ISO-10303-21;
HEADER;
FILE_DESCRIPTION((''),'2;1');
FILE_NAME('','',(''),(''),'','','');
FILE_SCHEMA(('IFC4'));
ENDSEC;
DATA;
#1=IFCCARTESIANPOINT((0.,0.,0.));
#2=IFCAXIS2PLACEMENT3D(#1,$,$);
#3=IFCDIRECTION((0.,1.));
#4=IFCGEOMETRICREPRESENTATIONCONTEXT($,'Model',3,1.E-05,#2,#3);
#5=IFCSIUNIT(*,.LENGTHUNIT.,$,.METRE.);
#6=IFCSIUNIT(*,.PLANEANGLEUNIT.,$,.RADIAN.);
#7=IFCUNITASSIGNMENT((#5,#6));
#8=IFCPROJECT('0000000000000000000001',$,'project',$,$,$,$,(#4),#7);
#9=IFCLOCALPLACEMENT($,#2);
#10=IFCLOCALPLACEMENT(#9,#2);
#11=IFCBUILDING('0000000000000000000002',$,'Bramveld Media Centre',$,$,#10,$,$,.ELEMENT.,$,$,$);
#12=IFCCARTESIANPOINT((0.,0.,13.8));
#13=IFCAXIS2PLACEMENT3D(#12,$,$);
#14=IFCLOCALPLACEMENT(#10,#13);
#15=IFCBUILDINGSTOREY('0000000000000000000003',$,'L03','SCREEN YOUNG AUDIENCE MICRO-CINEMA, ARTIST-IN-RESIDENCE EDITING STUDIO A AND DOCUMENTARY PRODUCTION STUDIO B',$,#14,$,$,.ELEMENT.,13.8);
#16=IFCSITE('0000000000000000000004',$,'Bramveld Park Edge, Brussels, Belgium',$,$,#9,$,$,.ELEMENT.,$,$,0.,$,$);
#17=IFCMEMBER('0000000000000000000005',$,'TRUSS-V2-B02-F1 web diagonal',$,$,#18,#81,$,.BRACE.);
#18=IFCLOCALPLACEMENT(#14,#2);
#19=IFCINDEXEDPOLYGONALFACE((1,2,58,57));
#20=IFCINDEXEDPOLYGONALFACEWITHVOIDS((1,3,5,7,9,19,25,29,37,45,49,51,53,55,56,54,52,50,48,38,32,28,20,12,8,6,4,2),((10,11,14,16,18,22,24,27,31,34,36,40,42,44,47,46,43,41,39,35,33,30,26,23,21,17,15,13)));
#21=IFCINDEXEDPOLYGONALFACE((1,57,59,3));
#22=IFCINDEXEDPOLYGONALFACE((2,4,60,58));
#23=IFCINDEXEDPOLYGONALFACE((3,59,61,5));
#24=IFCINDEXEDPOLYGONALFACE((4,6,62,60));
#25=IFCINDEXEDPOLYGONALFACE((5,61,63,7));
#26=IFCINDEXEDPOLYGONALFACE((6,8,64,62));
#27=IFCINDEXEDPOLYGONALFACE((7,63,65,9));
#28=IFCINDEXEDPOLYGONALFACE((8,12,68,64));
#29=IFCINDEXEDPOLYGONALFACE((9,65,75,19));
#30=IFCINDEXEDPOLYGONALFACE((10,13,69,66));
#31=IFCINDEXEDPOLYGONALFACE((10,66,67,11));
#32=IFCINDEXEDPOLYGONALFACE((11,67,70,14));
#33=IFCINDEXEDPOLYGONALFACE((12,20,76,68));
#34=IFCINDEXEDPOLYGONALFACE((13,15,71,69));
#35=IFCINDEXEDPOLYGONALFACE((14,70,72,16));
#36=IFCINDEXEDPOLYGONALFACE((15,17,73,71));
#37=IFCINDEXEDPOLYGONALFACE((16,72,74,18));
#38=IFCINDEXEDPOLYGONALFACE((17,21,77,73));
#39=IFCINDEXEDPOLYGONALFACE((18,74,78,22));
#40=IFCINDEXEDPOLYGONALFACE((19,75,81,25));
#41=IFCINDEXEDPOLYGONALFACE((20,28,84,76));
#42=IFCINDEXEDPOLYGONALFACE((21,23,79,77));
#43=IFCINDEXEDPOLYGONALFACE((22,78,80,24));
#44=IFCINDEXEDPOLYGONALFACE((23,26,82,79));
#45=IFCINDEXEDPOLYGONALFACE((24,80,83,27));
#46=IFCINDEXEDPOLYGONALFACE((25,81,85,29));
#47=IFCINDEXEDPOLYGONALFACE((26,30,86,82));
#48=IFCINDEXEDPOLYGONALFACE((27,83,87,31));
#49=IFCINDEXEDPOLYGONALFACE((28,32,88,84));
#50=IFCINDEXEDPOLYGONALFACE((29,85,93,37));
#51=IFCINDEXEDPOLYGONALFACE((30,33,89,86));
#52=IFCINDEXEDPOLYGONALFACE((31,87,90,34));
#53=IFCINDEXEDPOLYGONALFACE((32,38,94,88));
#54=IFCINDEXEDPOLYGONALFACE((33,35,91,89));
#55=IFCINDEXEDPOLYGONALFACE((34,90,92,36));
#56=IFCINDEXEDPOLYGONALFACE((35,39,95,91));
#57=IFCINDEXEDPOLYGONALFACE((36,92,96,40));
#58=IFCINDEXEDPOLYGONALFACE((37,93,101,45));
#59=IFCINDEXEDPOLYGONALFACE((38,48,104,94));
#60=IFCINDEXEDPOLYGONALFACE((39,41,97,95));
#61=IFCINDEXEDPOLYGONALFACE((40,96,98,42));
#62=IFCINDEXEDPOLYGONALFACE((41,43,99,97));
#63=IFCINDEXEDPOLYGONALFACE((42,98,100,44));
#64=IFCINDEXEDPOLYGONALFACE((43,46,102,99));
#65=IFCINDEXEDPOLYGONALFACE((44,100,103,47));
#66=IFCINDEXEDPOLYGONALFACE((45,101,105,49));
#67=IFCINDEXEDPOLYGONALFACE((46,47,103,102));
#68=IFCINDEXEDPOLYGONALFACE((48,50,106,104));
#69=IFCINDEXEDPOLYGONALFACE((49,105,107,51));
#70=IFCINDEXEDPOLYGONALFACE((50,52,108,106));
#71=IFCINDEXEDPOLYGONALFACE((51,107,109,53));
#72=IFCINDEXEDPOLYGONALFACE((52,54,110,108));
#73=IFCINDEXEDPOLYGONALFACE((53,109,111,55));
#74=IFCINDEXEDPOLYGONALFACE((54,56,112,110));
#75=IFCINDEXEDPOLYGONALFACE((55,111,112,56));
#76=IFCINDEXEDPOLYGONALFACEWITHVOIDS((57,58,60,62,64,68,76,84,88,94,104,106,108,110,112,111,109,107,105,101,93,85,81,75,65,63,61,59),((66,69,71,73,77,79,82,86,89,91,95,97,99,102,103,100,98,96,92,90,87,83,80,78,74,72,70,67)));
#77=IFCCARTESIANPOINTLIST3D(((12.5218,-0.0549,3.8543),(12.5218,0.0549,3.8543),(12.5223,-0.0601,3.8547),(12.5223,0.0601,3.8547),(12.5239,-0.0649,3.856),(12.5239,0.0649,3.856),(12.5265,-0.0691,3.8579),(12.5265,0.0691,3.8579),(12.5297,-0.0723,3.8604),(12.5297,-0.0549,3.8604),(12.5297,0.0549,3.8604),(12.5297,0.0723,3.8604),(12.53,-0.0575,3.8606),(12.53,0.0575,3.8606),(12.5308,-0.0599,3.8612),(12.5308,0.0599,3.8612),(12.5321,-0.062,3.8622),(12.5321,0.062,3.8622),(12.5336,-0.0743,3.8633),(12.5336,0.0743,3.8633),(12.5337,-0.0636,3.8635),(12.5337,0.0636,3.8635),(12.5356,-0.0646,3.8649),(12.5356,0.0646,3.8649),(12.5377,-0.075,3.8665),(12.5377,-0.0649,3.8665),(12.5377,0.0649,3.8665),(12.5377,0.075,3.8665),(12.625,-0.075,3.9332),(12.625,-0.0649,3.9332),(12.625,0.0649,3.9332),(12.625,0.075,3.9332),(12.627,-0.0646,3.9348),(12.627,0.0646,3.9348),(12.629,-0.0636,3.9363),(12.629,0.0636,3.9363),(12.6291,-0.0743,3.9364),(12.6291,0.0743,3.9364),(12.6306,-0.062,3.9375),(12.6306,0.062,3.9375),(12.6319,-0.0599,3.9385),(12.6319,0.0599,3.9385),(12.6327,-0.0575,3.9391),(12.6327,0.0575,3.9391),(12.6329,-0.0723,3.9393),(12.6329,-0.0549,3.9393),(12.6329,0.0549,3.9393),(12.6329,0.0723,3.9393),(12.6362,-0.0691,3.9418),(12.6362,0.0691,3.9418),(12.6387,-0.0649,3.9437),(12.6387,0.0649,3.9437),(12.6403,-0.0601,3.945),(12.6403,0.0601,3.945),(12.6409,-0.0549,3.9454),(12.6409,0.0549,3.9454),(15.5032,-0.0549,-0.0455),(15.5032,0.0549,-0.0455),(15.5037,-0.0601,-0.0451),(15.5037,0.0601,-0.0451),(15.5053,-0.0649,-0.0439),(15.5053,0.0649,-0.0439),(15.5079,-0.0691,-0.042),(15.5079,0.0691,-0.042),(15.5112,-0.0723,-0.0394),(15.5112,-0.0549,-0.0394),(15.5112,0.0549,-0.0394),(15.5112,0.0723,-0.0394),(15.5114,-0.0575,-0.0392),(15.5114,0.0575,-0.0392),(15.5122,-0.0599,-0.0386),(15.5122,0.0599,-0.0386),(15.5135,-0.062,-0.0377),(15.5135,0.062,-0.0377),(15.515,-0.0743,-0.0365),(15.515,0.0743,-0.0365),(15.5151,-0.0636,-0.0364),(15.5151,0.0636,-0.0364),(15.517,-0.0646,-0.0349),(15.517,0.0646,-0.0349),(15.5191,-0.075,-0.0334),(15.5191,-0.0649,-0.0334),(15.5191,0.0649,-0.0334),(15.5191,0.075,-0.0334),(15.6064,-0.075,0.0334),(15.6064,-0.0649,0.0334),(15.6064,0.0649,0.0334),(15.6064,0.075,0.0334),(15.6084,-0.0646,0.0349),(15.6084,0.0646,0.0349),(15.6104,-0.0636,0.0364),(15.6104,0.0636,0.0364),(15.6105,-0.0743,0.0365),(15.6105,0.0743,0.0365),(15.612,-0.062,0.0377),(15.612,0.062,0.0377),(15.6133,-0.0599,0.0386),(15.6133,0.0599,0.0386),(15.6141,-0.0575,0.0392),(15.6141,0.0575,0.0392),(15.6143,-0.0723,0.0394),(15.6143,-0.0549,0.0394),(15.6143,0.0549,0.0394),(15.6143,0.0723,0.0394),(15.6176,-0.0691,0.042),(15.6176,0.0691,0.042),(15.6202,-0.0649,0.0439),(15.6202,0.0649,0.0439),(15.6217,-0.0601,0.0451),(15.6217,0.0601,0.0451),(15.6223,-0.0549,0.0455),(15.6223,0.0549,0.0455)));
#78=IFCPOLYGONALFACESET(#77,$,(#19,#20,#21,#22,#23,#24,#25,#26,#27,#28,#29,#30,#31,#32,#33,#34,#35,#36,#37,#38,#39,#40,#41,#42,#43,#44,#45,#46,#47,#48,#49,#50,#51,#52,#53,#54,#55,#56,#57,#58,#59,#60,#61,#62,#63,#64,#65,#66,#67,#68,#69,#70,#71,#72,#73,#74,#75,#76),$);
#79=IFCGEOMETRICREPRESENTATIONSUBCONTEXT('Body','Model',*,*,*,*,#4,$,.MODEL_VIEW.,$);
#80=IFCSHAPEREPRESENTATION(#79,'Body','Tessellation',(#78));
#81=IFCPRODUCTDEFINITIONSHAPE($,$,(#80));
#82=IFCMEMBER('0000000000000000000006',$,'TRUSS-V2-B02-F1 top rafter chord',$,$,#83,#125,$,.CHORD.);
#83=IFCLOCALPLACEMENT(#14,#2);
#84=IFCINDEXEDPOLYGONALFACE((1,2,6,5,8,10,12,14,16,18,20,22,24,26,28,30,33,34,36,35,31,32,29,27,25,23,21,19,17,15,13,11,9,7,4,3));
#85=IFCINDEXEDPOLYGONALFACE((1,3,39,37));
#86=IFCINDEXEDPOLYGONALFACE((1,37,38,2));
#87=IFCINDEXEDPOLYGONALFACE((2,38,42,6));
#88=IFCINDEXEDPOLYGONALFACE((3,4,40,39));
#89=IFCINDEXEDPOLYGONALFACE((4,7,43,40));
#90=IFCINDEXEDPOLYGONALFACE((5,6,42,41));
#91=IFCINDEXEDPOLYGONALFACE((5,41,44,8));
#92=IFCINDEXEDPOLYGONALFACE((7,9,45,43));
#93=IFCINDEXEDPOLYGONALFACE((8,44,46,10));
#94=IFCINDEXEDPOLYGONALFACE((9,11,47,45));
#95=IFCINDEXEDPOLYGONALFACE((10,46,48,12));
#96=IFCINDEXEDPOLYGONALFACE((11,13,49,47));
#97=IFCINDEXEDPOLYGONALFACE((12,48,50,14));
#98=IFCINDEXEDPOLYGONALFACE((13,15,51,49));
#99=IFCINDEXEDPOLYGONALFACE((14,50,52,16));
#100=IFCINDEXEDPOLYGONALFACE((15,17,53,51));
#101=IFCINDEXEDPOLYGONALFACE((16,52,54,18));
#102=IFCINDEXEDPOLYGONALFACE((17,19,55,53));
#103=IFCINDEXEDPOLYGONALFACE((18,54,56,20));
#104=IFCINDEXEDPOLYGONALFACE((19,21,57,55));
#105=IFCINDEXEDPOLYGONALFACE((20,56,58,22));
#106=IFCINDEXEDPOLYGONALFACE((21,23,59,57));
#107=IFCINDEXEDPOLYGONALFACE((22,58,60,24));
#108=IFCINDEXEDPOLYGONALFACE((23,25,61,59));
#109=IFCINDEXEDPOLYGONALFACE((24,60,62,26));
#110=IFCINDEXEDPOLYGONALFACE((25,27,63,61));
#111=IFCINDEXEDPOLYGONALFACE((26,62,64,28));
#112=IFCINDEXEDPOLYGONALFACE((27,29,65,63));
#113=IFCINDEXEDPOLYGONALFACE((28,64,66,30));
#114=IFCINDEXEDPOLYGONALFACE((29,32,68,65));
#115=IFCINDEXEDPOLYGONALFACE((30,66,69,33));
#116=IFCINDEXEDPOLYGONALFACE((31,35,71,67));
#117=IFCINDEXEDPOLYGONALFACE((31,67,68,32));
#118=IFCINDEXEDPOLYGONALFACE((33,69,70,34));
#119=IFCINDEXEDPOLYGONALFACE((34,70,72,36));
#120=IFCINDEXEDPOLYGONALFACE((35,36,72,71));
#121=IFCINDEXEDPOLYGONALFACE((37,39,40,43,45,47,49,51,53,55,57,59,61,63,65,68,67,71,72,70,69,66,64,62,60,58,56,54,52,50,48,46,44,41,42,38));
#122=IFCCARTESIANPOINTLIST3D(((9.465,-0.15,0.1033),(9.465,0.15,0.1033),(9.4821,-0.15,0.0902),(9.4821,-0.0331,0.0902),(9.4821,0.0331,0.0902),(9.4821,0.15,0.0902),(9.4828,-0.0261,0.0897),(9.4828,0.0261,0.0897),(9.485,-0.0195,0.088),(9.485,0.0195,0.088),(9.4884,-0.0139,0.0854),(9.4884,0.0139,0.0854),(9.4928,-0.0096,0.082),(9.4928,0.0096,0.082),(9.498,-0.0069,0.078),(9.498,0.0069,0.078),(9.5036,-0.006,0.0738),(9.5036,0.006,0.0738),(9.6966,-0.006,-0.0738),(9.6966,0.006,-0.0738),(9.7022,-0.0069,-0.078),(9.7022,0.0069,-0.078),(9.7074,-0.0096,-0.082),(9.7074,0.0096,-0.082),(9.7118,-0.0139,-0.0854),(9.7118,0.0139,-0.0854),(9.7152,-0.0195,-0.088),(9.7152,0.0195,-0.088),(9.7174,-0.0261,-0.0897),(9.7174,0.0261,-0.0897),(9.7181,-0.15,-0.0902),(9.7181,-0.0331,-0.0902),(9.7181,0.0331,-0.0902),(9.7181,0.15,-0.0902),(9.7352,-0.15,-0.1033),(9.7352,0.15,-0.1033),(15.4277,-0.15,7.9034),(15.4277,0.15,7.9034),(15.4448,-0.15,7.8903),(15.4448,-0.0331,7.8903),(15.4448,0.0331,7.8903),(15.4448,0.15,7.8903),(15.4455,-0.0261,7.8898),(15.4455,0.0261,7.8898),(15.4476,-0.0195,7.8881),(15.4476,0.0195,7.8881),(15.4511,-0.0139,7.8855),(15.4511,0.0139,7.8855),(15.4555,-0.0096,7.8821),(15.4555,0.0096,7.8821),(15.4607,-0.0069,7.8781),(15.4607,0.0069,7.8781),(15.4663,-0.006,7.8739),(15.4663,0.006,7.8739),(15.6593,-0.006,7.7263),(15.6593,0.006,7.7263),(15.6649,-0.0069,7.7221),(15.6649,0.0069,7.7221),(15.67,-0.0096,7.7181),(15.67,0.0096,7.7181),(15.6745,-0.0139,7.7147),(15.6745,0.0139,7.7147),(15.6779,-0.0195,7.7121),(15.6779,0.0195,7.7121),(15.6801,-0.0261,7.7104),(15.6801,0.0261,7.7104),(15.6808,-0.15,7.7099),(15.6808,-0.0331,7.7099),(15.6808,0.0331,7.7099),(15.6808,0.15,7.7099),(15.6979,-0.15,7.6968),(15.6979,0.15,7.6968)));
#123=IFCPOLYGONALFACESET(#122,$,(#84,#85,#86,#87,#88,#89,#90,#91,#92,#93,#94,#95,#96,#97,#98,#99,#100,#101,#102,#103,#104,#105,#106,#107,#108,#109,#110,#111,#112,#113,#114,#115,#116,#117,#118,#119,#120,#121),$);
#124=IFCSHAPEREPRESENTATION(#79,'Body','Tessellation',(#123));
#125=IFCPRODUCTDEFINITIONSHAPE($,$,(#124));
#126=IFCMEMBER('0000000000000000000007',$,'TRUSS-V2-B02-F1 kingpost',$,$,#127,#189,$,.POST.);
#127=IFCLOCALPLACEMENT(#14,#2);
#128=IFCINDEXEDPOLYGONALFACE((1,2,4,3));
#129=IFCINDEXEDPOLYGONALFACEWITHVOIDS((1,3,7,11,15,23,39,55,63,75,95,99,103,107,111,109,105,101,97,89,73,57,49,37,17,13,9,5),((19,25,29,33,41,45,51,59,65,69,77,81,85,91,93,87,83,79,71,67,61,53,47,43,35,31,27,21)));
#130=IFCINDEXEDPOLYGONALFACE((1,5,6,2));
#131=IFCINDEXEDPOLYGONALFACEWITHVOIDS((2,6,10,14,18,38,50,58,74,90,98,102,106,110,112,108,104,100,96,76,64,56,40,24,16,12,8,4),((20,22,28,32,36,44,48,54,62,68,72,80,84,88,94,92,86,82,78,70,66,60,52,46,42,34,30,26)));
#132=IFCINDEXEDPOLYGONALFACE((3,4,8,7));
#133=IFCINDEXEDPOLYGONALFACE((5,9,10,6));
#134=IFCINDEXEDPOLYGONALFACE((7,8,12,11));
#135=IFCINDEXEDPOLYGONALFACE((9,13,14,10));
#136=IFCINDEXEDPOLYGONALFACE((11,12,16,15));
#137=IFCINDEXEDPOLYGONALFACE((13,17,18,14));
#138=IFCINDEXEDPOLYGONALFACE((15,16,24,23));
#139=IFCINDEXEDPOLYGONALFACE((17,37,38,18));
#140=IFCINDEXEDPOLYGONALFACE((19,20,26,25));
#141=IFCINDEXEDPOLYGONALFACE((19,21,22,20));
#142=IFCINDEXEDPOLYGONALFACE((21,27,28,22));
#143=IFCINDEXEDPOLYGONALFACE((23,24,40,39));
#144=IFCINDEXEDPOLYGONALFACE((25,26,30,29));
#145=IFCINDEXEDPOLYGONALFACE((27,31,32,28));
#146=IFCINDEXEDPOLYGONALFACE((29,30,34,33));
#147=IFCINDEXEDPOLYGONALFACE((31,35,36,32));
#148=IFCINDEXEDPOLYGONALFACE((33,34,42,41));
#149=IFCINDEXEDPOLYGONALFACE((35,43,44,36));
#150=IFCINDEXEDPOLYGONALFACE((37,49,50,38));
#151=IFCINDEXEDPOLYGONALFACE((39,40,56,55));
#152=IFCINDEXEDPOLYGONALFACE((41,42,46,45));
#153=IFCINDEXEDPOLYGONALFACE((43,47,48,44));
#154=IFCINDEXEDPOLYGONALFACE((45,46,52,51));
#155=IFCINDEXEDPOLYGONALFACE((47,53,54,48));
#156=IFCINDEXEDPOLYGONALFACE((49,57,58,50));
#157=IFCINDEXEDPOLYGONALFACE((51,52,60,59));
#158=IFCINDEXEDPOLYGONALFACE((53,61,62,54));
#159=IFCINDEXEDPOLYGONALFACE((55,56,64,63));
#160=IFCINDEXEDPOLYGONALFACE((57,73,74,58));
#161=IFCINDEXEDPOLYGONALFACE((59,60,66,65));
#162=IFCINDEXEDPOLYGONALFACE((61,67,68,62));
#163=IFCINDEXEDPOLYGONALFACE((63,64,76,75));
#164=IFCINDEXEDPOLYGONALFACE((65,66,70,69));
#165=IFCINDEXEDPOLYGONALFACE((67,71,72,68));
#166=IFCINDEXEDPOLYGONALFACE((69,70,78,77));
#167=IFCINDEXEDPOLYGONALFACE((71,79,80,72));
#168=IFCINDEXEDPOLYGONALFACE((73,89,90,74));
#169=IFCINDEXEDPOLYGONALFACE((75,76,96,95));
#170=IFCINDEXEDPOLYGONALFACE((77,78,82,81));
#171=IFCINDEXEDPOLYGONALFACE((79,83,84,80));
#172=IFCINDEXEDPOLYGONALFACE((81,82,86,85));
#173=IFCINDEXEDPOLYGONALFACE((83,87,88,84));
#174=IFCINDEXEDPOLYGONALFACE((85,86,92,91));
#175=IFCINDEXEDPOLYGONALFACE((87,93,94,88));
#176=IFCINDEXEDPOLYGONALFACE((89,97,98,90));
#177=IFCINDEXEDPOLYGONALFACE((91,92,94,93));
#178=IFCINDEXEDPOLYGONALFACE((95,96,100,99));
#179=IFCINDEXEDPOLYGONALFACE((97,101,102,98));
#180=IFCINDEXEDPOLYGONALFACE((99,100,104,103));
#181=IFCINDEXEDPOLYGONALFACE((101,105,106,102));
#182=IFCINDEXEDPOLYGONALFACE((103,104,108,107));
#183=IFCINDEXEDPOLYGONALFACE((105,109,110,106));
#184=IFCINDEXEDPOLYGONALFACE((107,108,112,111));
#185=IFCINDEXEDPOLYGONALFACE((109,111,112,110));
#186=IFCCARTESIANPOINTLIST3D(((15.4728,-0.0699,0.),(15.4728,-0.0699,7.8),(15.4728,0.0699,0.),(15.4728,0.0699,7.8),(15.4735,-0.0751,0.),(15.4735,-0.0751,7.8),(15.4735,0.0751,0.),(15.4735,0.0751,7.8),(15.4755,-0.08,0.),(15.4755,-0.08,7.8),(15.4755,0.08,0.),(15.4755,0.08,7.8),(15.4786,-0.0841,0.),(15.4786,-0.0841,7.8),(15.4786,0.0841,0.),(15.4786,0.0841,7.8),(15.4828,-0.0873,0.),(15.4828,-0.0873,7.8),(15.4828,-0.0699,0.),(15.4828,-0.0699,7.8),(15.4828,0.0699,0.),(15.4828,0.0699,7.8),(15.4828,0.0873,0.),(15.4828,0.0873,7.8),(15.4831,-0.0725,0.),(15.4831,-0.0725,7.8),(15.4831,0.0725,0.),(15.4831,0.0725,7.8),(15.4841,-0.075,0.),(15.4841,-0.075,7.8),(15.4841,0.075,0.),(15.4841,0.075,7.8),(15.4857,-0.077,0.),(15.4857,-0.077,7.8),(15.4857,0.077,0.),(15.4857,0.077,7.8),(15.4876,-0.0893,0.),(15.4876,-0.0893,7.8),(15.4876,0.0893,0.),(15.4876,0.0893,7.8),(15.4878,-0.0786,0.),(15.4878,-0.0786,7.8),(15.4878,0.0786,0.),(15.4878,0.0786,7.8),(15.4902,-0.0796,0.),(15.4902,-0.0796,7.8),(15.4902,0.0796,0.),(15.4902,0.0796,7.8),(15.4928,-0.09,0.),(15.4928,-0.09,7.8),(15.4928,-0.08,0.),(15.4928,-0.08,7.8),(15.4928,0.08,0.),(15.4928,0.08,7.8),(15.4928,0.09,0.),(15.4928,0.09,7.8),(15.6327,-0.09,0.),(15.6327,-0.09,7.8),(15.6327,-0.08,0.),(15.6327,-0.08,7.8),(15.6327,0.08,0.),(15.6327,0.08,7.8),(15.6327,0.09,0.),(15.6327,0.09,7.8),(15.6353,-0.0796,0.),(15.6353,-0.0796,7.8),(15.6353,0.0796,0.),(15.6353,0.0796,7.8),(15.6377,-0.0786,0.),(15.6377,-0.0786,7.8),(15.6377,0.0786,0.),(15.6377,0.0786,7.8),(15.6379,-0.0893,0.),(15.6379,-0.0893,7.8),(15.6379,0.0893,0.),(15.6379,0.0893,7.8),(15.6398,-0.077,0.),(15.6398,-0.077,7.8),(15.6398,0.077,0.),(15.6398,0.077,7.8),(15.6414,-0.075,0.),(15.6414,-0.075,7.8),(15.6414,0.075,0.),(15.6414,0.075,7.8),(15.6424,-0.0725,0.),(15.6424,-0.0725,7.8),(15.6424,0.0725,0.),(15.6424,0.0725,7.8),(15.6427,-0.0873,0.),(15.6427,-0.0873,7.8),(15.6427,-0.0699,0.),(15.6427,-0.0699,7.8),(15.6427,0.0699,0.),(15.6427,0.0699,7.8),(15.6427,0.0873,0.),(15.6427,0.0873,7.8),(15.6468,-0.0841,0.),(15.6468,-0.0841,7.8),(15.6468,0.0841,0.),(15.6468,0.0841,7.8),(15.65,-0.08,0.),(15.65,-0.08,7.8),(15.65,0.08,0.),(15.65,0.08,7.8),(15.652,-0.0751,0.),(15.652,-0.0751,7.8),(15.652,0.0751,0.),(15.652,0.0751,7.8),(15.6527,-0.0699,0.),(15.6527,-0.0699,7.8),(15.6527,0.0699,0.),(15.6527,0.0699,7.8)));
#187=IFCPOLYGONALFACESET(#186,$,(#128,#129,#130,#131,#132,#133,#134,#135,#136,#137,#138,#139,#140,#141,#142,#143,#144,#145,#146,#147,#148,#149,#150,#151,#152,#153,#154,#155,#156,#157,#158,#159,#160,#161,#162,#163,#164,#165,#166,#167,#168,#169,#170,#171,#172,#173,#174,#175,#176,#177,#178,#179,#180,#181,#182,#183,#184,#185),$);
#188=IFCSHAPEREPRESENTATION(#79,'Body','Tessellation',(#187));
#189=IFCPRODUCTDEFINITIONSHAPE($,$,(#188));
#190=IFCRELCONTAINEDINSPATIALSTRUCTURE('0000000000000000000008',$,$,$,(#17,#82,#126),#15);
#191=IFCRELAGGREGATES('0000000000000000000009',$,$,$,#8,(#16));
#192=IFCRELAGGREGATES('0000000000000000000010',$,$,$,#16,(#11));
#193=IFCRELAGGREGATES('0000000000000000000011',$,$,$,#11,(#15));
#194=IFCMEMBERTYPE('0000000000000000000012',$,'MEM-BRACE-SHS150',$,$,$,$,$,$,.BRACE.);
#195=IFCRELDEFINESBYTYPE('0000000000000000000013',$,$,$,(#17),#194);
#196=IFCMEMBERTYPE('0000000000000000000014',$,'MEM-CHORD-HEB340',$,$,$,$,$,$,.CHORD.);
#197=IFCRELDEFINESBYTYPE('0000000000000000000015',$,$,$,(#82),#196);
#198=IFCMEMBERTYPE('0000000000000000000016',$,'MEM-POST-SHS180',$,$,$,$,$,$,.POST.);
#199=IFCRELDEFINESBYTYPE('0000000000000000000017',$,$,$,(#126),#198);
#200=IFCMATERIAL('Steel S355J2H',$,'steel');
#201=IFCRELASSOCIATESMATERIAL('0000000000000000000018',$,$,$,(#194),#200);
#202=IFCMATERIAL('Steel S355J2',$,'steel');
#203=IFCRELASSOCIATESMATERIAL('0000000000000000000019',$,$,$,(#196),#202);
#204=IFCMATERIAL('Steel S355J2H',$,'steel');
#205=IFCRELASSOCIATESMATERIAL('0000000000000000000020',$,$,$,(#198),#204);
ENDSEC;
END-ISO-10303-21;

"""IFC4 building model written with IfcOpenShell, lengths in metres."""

from ifc_helpers import new_model, si_unit, direction, frame, origin, origin_2d, place, context, subcontext, project, spatial, hollow_rectangle, i_section, extrude, material, material_profile, profile_set, type_object, element, save


model = new_model("IFC4")

# Units and contexts
model_context = context("Model", 3, precision=1e-05, world=origin(), true_north=direction((0.0, 1.0)))
body_context = subcontext(model_context, "Body", "Model", "MODEL_VIEW")
ifc_project = project(units=[si_unit("LENGTHUNIT", "METRE"), si_unit("PLANEANGLEUNIT", "RADIAN")], contexts=[model_context])

# Site, building, storey
site_placement = place(None, origin())
site = spatial("IfcSite", under=ifc_project, at=site_placement, Name="Bramveld Park Edge, Brussels, Belgium", CompositionType="ELEMENT", RefElevation=0.0)
building_placement = place(site_placement, origin())
building = spatial("IfcBuilding", under=site, at=building_placement, Name="Bramveld Media Centre", CompositionType="ELEMENT")
storey_placement = place(building_placement, frame((0.0, 0.0, 13.8)))
storey = spatial("IfcBuildingStorey", under=building, at=storey_placement, Name="L03", Description="SCREEN YOUNG AUDIENCE MICRO-CINEMA, ARTIST-IN-RESIDENCE EDITING STUDIO A AND DOCUMENTARY PRODUCTION STUDIO B", CompositionType="ELEMENT", Elevation=13.8)

# Members
ifc_material_1 = material(Name="Steel S355J2H", Category="steel")
ifc_material_profile_1 = material_profile(ifc_material_1, hollow_rectangle(XDim=0.1499, YDim=0.1499, WallThickness=0.01, InnerFilletRadius=0.01, OuterFilletRadius=0.02, at=origin_2d()), Name="SHS 150x150x10")
ifc_profile_set_1 = profile_set([ifc_material_profile_1], Name="Steel S355J2H")
member_type_1 = type_object("IfcMemberType", Name="MEM-BRACE-SHS150", PredefinedType="BRACE", material=ifc_profile_set_1)
member_1_placement = place(storey_placement, frame((15.5627, 0.0, 0.0), z_axis=(-0.607343, 0.0, 0.79444), x_axis=(0.0, -1.0, 0.0)))
element("IfcMember", 1, at=member_1_placement, inside=storey, type_object=member_type_1, Name="TRUSS-V2-B02-F1 web diagonal", PredefinedType="BRACE", context=body_context, shape_type="SweptSolid", body=[
    extrude(hollow_rectangle(XDim=0.1499, YDim=0.1499, WallThickness=0.01, InnerFilletRadius=0.01, OuterFilletRadius=0.02, at=origin_2d()), origin(), (0.0, 0.0, 1.0), 4.9089),
])
ifc_material_2 = material(Name="Steel S355J2", Category="steel")
ifc_material_profile_2 = material_profile(ifc_material_2, i_section(OverallWidth=0.3, OverallDepth=0.3401, WebThickness=0.012, FlangeThickness=0.0215, FilletRadius=0.0271, at=origin_2d()), Name="HEB 340")
ifc_profile_set_2 = profile_set([ifc_material_profile_2], Name="Steel S355J2")
member_type_2 = type_object("IfcMemberType", Name="MEM-CHORD-HEB340", PredefinedType="CHORD", material=ifc_profile_set_2)
member_2_placement = place(storey_placement, frame((9.6001, 0.0, 0.0), z_axis=(0.607315, 0.0, 0.794461), x_axis=(0.0, 1.0, 0.0)))
element("IfcMember", 2, at=member_2_placement, inside=storey, type_object=member_type_2, Name="TRUSS-V2-B02-F1 top rafter chord", PredefinedType="CHORD", context=body_context, shape_type="SweptSolid", body=[
    extrude(i_section(OverallWidth=0.3, OverallDepth=0.3401, WebThickness=0.012, FlangeThickness=0.0215, FilletRadius=0.0271, at=origin_2d()), origin(), (0.0, 0.0, 1.0), 9.8181),
])
ifc_material_3 = material(Name="Steel S355J2H", Category="steel")
ifc_material_profile_3 = material_profile(ifc_material_3, hollow_rectangle(XDim=0.1799, YDim=0.1799, WallThickness=0.01, InnerFilletRadius=0.01, OuterFilletRadius=0.02, at=origin_2d()), Name="SHS 180x180x10")
ifc_profile_set_3 = profile_set([ifc_material_profile_3], Name="Steel S355J2H")
member_type_3 = type_object("IfcMemberType", Name="MEM-POST-SHS180", PredefinedType="POST", material=ifc_profile_set_3)
member_3_placement = place(storey_placement, frame((15.5627, 0.0, 0.0), z_axis=(0.0, 0.0, 1.0), x_axis=(1.0, 0.0, 0.0)))
element("IfcMember", 3, at=member_3_placement, inside=storey, type_object=member_type_3, Name="TRUSS-V2-B02-F1 kingpost", PredefinedType="POST", context=body_context, shape_type="SweptSolid", body=[
    extrude(hollow_rectangle(XDim=0.1799, YDim=0.1799, WallThickness=0.01, InnerFilletRadius=0.01, OuterFilletRadius=0.02, at=origin_2d()), origin(), (0.0, 0.0, 1.0), 7.8),
])

save(model, "model.ifc")
